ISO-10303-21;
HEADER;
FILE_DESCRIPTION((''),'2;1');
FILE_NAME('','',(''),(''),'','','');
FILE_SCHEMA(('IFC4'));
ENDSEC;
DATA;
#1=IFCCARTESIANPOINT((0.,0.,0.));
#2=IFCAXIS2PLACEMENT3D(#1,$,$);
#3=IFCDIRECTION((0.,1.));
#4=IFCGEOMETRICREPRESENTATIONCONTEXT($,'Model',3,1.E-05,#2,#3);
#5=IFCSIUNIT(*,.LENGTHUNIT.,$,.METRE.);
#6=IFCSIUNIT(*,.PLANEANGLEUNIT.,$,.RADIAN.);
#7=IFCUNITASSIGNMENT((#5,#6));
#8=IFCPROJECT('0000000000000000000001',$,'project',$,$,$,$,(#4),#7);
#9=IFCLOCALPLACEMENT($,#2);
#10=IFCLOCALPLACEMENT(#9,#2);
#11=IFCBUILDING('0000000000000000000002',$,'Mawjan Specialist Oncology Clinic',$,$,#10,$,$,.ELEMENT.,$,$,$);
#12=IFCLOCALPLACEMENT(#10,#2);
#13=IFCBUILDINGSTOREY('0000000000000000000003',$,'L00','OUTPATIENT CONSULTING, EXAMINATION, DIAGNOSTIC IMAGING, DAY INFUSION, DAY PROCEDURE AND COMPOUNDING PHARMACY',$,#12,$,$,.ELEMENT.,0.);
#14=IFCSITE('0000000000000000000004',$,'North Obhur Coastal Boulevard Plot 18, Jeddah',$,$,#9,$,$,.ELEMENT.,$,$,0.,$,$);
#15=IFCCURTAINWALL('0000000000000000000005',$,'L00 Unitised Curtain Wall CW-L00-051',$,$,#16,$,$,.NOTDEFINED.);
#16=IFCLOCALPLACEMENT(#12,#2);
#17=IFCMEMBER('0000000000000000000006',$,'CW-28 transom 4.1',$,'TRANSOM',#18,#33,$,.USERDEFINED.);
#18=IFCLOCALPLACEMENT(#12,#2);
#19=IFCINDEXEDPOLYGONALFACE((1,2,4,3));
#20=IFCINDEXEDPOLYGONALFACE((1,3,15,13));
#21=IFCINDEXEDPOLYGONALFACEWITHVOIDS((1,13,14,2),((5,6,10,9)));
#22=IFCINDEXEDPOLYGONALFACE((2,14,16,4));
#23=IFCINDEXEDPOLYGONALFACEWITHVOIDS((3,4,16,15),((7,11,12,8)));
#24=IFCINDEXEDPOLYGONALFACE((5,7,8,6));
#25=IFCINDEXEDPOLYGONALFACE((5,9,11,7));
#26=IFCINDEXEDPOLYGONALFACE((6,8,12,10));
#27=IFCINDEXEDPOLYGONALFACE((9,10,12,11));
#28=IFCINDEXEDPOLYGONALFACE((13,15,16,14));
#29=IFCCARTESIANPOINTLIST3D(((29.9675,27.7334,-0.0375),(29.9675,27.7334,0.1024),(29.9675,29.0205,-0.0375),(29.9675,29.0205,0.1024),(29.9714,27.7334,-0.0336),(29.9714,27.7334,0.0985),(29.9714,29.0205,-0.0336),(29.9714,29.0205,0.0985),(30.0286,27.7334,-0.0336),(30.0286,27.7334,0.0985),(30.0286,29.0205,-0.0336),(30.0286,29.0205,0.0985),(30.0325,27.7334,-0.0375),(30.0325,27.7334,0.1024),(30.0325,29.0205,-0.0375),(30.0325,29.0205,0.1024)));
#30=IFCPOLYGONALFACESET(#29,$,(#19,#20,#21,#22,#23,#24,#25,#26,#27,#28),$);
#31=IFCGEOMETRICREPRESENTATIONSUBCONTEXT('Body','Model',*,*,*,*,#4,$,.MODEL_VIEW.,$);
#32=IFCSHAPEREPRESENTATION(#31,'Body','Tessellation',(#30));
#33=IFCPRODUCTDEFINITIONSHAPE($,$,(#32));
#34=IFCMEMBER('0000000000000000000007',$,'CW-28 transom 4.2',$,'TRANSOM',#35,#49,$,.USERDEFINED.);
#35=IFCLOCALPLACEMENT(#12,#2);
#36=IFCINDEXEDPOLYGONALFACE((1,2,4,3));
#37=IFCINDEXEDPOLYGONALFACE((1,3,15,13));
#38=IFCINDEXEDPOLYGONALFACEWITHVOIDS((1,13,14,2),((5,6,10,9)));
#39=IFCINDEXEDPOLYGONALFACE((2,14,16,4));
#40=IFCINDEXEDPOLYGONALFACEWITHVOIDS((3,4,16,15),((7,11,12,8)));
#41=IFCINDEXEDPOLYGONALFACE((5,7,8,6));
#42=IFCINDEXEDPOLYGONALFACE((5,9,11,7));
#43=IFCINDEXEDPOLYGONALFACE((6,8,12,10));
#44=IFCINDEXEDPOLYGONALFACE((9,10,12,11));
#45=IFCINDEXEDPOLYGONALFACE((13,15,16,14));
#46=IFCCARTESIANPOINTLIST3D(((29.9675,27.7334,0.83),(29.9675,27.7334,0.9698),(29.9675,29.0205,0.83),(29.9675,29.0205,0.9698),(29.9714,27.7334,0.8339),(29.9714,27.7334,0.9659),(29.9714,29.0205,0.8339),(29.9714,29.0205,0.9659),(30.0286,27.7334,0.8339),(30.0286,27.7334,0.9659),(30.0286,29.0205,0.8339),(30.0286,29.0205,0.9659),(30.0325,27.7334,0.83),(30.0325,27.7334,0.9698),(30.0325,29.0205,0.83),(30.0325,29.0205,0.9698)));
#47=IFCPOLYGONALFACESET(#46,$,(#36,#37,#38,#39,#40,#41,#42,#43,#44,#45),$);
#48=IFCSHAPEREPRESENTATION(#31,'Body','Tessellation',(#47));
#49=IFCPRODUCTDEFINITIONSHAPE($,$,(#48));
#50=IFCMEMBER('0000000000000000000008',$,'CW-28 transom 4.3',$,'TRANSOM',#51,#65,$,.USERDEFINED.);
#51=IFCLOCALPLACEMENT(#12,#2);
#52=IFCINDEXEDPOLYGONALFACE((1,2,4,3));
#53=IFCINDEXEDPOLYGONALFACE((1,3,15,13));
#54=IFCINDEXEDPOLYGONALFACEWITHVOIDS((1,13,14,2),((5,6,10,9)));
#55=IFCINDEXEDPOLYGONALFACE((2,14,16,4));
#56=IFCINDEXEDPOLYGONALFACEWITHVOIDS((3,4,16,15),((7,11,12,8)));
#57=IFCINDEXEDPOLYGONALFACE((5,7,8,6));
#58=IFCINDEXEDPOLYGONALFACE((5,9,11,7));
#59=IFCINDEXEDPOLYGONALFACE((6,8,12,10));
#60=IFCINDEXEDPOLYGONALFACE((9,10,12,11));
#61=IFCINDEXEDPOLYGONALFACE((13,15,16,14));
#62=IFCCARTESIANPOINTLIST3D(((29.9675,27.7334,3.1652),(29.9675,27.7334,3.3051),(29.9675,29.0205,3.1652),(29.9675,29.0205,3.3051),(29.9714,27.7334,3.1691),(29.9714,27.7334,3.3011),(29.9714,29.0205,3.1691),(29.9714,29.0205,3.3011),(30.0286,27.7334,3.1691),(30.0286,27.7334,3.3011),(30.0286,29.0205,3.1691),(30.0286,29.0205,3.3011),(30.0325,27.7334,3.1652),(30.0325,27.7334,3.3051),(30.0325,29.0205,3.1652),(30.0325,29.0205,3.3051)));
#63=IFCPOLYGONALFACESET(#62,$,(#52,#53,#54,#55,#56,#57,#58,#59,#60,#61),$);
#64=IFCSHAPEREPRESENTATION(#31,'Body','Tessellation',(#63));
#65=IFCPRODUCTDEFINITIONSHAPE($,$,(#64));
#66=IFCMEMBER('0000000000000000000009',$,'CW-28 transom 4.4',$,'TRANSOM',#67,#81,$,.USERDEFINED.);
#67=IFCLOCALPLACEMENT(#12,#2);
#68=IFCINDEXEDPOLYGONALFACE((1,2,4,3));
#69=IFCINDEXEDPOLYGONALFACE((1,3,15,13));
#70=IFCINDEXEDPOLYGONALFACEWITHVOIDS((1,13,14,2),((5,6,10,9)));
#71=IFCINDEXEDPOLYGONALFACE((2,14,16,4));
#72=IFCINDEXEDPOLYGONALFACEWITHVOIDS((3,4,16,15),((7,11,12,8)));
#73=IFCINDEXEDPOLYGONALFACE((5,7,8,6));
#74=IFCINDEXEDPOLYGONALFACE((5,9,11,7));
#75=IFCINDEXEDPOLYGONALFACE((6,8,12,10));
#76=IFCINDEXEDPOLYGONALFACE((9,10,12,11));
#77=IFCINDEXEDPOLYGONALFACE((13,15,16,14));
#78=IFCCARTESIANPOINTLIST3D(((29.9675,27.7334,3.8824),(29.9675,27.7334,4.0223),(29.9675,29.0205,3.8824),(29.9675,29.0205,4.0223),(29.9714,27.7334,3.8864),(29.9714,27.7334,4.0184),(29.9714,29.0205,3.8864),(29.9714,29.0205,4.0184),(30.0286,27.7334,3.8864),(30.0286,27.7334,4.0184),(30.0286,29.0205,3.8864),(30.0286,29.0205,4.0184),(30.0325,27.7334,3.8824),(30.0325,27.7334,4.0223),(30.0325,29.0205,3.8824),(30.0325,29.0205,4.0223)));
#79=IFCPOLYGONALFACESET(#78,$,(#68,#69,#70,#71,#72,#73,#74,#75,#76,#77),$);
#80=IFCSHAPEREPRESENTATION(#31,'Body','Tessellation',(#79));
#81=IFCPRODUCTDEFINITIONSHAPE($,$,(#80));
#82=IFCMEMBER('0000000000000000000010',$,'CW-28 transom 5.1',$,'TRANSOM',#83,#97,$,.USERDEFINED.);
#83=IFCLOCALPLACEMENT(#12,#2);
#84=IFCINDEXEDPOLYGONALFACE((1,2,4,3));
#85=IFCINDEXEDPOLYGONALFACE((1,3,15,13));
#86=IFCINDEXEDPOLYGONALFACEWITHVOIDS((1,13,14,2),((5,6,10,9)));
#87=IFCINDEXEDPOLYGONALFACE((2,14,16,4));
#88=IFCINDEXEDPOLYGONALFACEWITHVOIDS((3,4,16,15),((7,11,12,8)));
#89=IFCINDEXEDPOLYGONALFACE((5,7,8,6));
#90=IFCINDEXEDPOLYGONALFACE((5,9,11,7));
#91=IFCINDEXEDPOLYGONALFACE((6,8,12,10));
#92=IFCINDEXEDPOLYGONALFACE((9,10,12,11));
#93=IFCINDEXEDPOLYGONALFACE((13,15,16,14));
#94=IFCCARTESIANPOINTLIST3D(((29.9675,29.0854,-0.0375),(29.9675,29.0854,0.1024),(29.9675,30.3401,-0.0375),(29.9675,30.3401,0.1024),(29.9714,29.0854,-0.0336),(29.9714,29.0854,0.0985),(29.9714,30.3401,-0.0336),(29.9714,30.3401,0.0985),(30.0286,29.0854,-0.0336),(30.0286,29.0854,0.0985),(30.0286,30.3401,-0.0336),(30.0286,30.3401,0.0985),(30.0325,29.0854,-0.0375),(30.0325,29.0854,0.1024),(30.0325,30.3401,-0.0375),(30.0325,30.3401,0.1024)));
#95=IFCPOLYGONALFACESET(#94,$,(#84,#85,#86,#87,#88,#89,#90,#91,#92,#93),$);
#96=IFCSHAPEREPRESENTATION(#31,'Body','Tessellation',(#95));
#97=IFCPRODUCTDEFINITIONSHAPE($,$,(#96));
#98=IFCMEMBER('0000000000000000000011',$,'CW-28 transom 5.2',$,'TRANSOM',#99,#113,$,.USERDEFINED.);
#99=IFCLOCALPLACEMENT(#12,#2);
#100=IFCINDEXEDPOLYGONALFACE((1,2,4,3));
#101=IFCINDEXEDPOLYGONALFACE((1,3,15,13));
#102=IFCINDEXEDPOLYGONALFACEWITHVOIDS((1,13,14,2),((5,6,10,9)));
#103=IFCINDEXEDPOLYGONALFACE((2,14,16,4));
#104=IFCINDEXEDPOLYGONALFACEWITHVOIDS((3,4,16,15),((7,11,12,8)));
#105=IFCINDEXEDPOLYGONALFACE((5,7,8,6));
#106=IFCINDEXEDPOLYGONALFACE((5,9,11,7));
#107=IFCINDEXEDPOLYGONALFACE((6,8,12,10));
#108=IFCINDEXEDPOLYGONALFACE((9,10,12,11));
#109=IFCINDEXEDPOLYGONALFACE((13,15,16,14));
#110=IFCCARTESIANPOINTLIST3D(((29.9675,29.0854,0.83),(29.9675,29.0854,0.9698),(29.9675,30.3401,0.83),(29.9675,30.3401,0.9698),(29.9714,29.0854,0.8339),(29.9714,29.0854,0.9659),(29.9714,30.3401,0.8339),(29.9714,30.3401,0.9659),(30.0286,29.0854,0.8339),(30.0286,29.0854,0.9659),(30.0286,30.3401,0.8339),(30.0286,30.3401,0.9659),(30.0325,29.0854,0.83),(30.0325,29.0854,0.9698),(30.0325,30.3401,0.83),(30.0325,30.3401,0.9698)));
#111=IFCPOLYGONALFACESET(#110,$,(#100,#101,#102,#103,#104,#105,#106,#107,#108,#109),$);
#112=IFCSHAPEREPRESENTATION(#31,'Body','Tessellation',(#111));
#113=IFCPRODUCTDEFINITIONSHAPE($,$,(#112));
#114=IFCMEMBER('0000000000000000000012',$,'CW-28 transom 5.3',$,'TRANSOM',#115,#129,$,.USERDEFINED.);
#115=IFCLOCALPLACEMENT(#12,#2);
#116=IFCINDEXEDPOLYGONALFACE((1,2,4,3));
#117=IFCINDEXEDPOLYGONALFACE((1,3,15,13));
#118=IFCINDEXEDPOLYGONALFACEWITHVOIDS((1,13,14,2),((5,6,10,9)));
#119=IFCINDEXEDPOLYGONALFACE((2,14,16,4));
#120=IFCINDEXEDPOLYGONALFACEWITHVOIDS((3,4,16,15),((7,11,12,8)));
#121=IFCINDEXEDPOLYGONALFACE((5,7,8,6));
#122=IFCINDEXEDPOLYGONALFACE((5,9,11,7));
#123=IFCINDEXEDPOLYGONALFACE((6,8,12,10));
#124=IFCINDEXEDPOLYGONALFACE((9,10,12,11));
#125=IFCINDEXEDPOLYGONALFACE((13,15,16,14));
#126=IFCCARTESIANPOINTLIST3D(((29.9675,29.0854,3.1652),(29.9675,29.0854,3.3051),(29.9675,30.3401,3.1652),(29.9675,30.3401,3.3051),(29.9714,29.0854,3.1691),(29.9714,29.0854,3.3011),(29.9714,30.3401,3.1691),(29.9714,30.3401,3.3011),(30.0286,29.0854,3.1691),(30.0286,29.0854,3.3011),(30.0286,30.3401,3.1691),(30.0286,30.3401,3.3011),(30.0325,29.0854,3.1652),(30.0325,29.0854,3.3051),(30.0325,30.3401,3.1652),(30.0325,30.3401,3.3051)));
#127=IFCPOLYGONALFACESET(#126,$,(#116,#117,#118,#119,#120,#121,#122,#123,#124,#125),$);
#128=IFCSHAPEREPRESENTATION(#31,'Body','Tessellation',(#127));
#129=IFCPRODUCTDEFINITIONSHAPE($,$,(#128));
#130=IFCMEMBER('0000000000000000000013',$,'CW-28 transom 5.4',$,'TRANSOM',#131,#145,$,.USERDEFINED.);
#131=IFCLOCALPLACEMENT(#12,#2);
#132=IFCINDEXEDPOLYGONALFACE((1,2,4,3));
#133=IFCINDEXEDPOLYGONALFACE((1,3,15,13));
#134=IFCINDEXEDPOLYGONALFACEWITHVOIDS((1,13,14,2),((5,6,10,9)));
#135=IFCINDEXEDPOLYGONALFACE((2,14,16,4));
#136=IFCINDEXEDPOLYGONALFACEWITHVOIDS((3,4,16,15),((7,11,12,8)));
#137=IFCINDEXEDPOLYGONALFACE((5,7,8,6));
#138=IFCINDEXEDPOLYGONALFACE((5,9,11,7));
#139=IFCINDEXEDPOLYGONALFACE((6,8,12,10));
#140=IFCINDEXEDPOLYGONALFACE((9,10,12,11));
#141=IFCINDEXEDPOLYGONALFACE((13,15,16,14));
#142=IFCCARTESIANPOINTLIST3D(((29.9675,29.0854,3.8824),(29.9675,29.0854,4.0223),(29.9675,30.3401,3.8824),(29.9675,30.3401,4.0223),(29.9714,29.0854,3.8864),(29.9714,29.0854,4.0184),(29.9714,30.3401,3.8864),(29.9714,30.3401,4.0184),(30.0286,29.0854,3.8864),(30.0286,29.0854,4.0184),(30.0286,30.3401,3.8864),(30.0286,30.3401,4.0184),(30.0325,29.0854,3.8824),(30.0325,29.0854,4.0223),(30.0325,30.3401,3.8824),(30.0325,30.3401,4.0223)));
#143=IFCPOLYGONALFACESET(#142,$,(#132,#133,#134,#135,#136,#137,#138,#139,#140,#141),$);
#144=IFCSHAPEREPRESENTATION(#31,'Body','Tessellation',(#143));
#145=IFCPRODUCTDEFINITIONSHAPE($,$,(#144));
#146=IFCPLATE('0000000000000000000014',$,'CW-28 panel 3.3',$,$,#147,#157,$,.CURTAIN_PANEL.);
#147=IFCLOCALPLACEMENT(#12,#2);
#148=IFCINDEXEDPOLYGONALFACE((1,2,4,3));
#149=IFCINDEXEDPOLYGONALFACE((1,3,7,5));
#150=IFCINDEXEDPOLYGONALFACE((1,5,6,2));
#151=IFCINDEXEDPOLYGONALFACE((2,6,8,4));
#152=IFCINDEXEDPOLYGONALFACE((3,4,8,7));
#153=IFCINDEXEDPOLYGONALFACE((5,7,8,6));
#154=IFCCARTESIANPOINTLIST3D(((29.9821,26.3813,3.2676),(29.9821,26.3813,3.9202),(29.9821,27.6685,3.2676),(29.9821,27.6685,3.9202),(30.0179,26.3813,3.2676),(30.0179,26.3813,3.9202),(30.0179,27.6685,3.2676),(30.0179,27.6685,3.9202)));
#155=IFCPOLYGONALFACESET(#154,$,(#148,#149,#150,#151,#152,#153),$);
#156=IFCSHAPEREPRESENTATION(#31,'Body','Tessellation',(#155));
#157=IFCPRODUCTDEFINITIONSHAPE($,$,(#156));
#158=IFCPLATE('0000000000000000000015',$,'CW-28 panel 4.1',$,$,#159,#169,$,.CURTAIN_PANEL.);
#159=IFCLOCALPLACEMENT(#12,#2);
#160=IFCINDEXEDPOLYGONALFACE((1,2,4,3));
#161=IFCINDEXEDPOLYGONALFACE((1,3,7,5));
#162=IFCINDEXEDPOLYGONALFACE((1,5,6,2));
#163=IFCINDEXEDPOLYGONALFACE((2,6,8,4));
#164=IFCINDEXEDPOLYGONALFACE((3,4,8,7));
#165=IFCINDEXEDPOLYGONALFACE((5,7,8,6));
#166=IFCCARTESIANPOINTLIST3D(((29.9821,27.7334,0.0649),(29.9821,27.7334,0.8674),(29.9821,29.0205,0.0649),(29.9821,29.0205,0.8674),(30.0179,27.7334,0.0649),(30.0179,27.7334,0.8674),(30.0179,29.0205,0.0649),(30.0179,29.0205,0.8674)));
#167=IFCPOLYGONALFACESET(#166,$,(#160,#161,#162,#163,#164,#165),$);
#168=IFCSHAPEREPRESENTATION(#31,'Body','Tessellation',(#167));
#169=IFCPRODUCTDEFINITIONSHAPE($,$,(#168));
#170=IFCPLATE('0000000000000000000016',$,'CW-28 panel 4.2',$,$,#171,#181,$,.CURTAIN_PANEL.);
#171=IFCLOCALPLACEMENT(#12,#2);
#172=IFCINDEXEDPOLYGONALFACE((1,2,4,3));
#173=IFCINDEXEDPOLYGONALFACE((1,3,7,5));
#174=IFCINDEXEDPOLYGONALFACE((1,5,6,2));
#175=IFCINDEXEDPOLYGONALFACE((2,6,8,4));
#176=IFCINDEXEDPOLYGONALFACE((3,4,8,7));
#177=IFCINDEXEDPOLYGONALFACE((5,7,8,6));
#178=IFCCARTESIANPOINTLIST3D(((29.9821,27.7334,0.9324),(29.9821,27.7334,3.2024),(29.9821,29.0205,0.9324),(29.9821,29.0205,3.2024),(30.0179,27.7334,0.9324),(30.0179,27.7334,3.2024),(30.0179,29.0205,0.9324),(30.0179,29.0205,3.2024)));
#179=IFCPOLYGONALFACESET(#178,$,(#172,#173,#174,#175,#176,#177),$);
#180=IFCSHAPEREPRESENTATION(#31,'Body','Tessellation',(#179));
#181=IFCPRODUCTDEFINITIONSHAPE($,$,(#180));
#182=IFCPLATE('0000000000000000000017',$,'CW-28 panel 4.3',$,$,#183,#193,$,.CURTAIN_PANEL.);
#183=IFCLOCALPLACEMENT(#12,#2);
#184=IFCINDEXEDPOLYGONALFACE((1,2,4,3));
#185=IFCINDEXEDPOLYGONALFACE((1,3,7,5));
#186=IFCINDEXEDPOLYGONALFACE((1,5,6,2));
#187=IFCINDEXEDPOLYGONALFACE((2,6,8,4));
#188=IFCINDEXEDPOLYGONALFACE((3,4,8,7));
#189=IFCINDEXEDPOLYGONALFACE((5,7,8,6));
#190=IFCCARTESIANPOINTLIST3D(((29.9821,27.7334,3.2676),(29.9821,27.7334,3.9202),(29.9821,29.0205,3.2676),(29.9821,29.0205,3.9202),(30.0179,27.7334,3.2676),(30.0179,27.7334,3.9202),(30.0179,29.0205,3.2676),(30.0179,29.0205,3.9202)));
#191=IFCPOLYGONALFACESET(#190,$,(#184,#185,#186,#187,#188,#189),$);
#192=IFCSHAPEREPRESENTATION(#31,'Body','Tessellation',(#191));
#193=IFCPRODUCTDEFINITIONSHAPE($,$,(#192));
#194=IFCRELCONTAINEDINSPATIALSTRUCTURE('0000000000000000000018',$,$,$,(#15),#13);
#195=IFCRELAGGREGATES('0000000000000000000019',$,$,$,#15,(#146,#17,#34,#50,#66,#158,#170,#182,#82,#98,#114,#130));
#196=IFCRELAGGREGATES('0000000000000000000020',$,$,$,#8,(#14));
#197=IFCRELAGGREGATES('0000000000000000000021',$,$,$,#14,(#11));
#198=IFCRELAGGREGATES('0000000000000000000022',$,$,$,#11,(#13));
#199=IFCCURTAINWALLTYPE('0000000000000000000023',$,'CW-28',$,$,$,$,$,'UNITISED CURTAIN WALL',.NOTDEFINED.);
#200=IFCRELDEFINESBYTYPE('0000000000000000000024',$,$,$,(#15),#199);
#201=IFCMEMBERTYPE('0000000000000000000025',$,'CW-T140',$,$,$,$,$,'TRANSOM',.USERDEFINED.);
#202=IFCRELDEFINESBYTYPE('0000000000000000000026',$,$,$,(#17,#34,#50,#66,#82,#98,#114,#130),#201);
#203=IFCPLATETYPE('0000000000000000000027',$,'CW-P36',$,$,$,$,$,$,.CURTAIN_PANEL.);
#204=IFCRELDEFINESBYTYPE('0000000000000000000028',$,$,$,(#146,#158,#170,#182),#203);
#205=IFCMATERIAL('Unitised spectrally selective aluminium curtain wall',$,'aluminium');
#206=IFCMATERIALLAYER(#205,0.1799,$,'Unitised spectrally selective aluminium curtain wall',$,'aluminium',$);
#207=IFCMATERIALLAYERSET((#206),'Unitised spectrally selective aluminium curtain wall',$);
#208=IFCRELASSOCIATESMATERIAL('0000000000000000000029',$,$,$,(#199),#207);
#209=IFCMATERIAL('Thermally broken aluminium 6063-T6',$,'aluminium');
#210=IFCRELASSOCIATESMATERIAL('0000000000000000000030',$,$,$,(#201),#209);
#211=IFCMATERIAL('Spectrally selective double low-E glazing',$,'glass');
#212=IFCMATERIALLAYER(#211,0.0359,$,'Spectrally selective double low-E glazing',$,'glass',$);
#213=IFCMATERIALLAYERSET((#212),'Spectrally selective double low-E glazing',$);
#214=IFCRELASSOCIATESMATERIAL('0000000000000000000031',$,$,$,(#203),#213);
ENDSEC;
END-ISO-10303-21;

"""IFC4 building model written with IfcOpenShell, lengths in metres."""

from ifc_helpers import new_model, si_unit, direction, frame, origin, origin_2d, place, context, subcontext, project, spatial, rectangle, hollow_rectangle, extrude, material, layer, layer_set, material_profile, profile_set, type_object, element, aggregate, save


model = new_model("IFC4")

# Units and contexts
model_context = context("Model", 3, precision=1e-05, world=origin(), true_north=direction((0.0, 1.0)))
body_context = subcontext(model_context, "Body", "Model", "MODEL_VIEW")
ifc_project = project(units=[si_unit("LENGTHUNIT", "METRE"), si_unit("PLANEANGLEUNIT", "RADIAN")], contexts=[model_context])

# Site, building, storey
site_placement = place(None, origin())
site = spatial("IfcSite", under=ifc_project, at=site_placement, Name="North Obhur Coastal Boulevard Plot 18, Jeddah", CompositionType="ELEMENT", RefElevation=0.0)
building_placement = place(site_placement, origin())
building = spatial("IfcBuilding", under=site, at=building_placement, Name="Mawjan Specialist Oncology Clinic", CompositionType="ELEMENT")
storey_placement = place(building_placement, origin())
storey = spatial("IfcBuildingStorey", under=building, at=storey_placement, Name="L00", Description="OUTPATIENT CONSULTING, EXAMINATION, DIAGNOSTIC IMAGING, DAY INFUSION, DAY PROCEDURE AND COMPOUNDING PHARMACY", CompositionType="ELEMENT", Elevation=0.0)

# Curtain wall, members, plates
ifc_material_1 = material(Name="Unitised spectrally selective aluminium curtain wall", Category="aluminium")
ifc_layer_1 = layer(ifc_material_1, 0.1799, Name="Unitised spectrally selective aluminium curtain wall", Category="aluminium")
ifc_layer_set_1 = layer_set([ifc_layer_1], Name="Unitised spectrally selective aluminium curtain wall")
curtain_wall_type = type_object("IfcCurtainWallType", Name="CW-28", ElementType="UNITISED CURTAIN WALL", PredefinedType="NOTDEFINED", material=ifc_layer_set_1)
curtain_wall_placement = place(storey_placement, origin())
curtain_wall = element("IfcCurtainWall", 1, at=curtain_wall_placement, inside=storey, type_object=curtain_wall_type, Name="L00 Unitised Curtain Wall CW-L00-051", PredefinedType="NOTDEFINED")
ifc_material_2 = material(Name="Thermally broken aluminium 6063-T6", Category="aluminium")
ifc_material_profile_1 = material_profile(ifc_material_2, hollow_rectangle(XDim=0.0649, YDim=0.1399, WallThickness=0.0039, at=origin_2d()), Name="ALU TRANSOM 140x65x4", Category="aluminium")
ifc_profile_set_1 = profile_set([ifc_material_profile_1], Name="Thermally broken aluminium 6063-T6")
member_type_1 = type_object("IfcMemberType", Name="CW-T140", ElementType="TRANSOM", PredefinedType="USERDEFINED", material=ifc_profile_set_1)
member_1_placement = place(storey_placement, frame((30.0, 27.7334, 0.0325), z_axis=(0.0, 1.0, 0.0), x_axis=(-1.0, 0.0, 0.0)))
member_1 = element("IfcMember", 2, at=member_1_placement, type_object=member_type_1, Name="CW-28 transom 4.1", ObjectType="TRANSOM", PredefinedType="USERDEFINED", context=body_context, shape_type="SweptSolid", body=[
    extrude(hollow_rectangle(XDim=0.0649, YDim=0.1399, WallThickness=0.0039, at=origin_2d()), origin(), (0.0, 0.0, 1.0), 1.2871),
])
member_2_placement = place(storey_placement, frame((30.0, 27.7334, 0.8999), z_axis=(0.0, 1.0, 0.0), x_axis=(-1.0, 0.0, 0.0)))
member_2 = element("IfcMember", 3, at=member_2_placement, type_object=member_type_1, Name="CW-28 transom 4.2", ObjectType="TRANSOM", PredefinedType="USERDEFINED", context=body_context, shape_type="SweptSolid", body=[
    extrude(hollow_rectangle(XDim=0.0649, YDim=0.1399, WallThickness=0.0039, at=origin_2d()), origin(), (0.0, 0.0, 1.0), 1.2871),
])
member_3_placement = place(storey_placement, frame((30.0, 27.7334, 3.2351), z_axis=(0.0, 1.0, 0.0), x_axis=(-1.0, 0.0, 0.0)))
member_3 = element("IfcMember", 4, at=member_3_placement, type_object=member_type_1, Name="CW-28 transom 4.3", ObjectType="TRANSOM", PredefinedType="USERDEFINED", context=body_context, shape_type="SweptSolid", body=[
    extrude(hollow_rectangle(XDim=0.0649, YDim=0.1399, WallThickness=0.0039, at=origin_2d()), origin(), (0.0, 0.0, 1.0), 1.2871),
])
member_4_placement = place(storey_placement, frame((30.0, 27.7334, 3.9524), z_axis=(0.0, 1.0, 0.0), x_axis=(-1.0, 0.0, 0.0)))
member_4 = element("IfcMember", 5, at=member_4_placement, type_object=member_type_1, Name="CW-28 transom 4.4", ObjectType="TRANSOM", PredefinedType="USERDEFINED", context=body_context, shape_type="SweptSolid", body=[
    extrude(hollow_rectangle(XDim=0.0649, YDim=0.1399, WallThickness=0.0039, at=origin_2d()), origin(), (0.0, 0.0, 1.0), 1.2871),
])
member_5_placement = place(storey_placement, frame((30.0, 29.0854, 0.0325), z_axis=(0.0, 1.0, 0.0), x_axis=(-1.0, 0.0, 0.0)))
member_5 = element("IfcMember", 6, at=member_5_placement, type_object=member_type_1, Name="CW-28 transom 5.1", ObjectType="TRANSOM", PredefinedType="USERDEFINED", context=body_context, shape_type="SweptSolid", body=[
    extrude(hollow_rectangle(XDim=0.0649, YDim=0.1399, WallThickness=0.0039, at=origin_2d()), origin(), (0.0, 0.0, 1.0), 1.2546),
])
member_6_placement = place(storey_placement, frame((30.0, 29.0854, 0.8999), z_axis=(0.0, 1.0, 0.0), x_axis=(-1.0, 0.0, 0.0)))
member_6 = element("IfcMember", 7, at=member_6_placement, type_object=member_type_1, Name="CW-28 transom 5.2", ObjectType="TRANSOM", PredefinedType="USERDEFINED", context=body_context, shape_type="SweptSolid", body=[
    extrude(hollow_rectangle(XDim=0.0649, YDim=0.1399, WallThickness=0.0039, at=origin_2d()), origin(), (0.0, 0.0, 1.0), 1.2546),
])
member_7_placement = place(storey_placement, frame((30.0, 29.0854, 3.2351), z_axis=(0.0, 1.0, 0.0), x_axis=(-1.0, 0.0, 0.0)))
member_7 = element("IfcMember", 8, at=member_7_placement, type_object=member_type_1, Name="CW-28 transom 5.3", ObjectType="TRANSOM", PredefinedType="USERDEFINED", context=body_context, shape_type="SweptSolid", body=[
    extrude(hollow_rectangle(XDim=0.0649, YDim=0.1399, WallThickness=0.0039, at=origin_2d()), origin(), (0.0, 0.0, 1.0), 1.2546),
])
member_8_placement = place(storey_placement, frame((30.0, 29.0854, 3.9524), z_axis=(0.0, 1.0, 0.0), x_axis=(-1.0, 0.0, 0.0)))
member_8 = element("IfcMember", 9, at=member_8_placement, type_object=member_type_1, Name="CW-28 transom 5.4", ObjectType="TRANSOM", PredefinedType="USERDEFINED", context=body_context, shape_type="SweptSolid", body=[
    extrude(hollow_rectangle(XDim=0.0649, YDim=0.1399, WallThickness=0.0039, at=origin_2d()), origin(), (0.0, 0.0, 1.0), 1.2546),
])
ifc_material_3 = material(Name="Spectrally selective double low-E glazing", Category="glass")
ifc_layer_2 = layer(ifc_material_3, 0.0359, Name="Spectrally selective double low-E glazing", Category="glass")
ifc_layer_set_2 = layer_set([ifc_layer_2], Name="Spectrally selective double low-E glazing")
plate_type = type_object("IfcPlateType", Name="CW-P36", PredefinedType="CURTAIN_PANEL", material=ifc_layer_set_2)
plate_1_placement = place(storey_placement, frame((30.0, 27.0249, 3.2676), z_axis=(0.0, 0.0, 1.0), x_axis=(0.0, 1.0, 0.0)))
plate_1 = element("IfcPlate", 10, at=plate_1_placement, type_object=plate_type, Name="CW-28 panel 3.3", PredefinedType="CURTAIN_PANEL", context=body_context, shape_type="SweptSolid", body=[
    extrude(rectangle(XDim=1.2871, YDim=0.0359, at=origin_2d()), origin(), (0.0, 0.0, 1.0), 0.6526),
])
plate_2_placement = place(storey_placement, frame((30.0, 28.377, 0.0649), z_axis=(0.0, 0.0, 1.0), x_axis=(0.0, 1.0, 0.0)))
plate_2 = element("IfcPlate", 11, at=plate_2_placement, type_object=plate_type, Name="CW-28 panel 4.1", PredefinedType="CURTAIN_PANEL", context=body_context, shape_type="SweptSolid", body=[
    extrude(rectangle(XDim=1.2871, YDim=0.0359, at=origin_2d()), origin(), (0.0, 0.0, 1.0), 0.8025),
])
plate_3_placement = place(storey_placement, frame((30.0, 28.377, 0.9324), z_axis=(0.0, 0.0, 1.0), x_axis=(0.0, 1.0, 0.0)))
plate_3 = element("IfcPlate", 12, at=plate_3_placement, type_object=plate_type, Name="CW-28 panel 4.2", PredefinedType="CURTAIN_PANEL", context=body_context, shape_type="SweptSolid", body=[
    extrude(rectangle(XDim=1.2871, YDim=0.0359, at=origin_2d()), origin(), (0.0, 0.0, 1.0), 2.27),
])
plate_4_placement = place(storey_placement, frame((30.0, 28.377, 3.2676), z_axis=(0.0, 0.0, 1.0), x_axis=(0.0, 1.0, 0.0)))
plate_4 = element("IfcPlate", 13, at=plate_4_placement, type_object=plate_type, Name="CW-28 panel 4.3", PredefinedType="CURTAIN_PANEL", context=body_context, shape_type="SweptSolid", body=[
    extrude(rectangle(XDim=1.2871, YDim=0.0359, at=origin_2d()), origin(), (0.0, 0.0, 1.0), 0.6526),
])
aggregate(curtain_wall, [plate_1, member_1, member_2, member_3, member_4, plate_2, plate_3, plate_4, member_5, member_6, member_7, member_8])

save(model, "model.ifc")
